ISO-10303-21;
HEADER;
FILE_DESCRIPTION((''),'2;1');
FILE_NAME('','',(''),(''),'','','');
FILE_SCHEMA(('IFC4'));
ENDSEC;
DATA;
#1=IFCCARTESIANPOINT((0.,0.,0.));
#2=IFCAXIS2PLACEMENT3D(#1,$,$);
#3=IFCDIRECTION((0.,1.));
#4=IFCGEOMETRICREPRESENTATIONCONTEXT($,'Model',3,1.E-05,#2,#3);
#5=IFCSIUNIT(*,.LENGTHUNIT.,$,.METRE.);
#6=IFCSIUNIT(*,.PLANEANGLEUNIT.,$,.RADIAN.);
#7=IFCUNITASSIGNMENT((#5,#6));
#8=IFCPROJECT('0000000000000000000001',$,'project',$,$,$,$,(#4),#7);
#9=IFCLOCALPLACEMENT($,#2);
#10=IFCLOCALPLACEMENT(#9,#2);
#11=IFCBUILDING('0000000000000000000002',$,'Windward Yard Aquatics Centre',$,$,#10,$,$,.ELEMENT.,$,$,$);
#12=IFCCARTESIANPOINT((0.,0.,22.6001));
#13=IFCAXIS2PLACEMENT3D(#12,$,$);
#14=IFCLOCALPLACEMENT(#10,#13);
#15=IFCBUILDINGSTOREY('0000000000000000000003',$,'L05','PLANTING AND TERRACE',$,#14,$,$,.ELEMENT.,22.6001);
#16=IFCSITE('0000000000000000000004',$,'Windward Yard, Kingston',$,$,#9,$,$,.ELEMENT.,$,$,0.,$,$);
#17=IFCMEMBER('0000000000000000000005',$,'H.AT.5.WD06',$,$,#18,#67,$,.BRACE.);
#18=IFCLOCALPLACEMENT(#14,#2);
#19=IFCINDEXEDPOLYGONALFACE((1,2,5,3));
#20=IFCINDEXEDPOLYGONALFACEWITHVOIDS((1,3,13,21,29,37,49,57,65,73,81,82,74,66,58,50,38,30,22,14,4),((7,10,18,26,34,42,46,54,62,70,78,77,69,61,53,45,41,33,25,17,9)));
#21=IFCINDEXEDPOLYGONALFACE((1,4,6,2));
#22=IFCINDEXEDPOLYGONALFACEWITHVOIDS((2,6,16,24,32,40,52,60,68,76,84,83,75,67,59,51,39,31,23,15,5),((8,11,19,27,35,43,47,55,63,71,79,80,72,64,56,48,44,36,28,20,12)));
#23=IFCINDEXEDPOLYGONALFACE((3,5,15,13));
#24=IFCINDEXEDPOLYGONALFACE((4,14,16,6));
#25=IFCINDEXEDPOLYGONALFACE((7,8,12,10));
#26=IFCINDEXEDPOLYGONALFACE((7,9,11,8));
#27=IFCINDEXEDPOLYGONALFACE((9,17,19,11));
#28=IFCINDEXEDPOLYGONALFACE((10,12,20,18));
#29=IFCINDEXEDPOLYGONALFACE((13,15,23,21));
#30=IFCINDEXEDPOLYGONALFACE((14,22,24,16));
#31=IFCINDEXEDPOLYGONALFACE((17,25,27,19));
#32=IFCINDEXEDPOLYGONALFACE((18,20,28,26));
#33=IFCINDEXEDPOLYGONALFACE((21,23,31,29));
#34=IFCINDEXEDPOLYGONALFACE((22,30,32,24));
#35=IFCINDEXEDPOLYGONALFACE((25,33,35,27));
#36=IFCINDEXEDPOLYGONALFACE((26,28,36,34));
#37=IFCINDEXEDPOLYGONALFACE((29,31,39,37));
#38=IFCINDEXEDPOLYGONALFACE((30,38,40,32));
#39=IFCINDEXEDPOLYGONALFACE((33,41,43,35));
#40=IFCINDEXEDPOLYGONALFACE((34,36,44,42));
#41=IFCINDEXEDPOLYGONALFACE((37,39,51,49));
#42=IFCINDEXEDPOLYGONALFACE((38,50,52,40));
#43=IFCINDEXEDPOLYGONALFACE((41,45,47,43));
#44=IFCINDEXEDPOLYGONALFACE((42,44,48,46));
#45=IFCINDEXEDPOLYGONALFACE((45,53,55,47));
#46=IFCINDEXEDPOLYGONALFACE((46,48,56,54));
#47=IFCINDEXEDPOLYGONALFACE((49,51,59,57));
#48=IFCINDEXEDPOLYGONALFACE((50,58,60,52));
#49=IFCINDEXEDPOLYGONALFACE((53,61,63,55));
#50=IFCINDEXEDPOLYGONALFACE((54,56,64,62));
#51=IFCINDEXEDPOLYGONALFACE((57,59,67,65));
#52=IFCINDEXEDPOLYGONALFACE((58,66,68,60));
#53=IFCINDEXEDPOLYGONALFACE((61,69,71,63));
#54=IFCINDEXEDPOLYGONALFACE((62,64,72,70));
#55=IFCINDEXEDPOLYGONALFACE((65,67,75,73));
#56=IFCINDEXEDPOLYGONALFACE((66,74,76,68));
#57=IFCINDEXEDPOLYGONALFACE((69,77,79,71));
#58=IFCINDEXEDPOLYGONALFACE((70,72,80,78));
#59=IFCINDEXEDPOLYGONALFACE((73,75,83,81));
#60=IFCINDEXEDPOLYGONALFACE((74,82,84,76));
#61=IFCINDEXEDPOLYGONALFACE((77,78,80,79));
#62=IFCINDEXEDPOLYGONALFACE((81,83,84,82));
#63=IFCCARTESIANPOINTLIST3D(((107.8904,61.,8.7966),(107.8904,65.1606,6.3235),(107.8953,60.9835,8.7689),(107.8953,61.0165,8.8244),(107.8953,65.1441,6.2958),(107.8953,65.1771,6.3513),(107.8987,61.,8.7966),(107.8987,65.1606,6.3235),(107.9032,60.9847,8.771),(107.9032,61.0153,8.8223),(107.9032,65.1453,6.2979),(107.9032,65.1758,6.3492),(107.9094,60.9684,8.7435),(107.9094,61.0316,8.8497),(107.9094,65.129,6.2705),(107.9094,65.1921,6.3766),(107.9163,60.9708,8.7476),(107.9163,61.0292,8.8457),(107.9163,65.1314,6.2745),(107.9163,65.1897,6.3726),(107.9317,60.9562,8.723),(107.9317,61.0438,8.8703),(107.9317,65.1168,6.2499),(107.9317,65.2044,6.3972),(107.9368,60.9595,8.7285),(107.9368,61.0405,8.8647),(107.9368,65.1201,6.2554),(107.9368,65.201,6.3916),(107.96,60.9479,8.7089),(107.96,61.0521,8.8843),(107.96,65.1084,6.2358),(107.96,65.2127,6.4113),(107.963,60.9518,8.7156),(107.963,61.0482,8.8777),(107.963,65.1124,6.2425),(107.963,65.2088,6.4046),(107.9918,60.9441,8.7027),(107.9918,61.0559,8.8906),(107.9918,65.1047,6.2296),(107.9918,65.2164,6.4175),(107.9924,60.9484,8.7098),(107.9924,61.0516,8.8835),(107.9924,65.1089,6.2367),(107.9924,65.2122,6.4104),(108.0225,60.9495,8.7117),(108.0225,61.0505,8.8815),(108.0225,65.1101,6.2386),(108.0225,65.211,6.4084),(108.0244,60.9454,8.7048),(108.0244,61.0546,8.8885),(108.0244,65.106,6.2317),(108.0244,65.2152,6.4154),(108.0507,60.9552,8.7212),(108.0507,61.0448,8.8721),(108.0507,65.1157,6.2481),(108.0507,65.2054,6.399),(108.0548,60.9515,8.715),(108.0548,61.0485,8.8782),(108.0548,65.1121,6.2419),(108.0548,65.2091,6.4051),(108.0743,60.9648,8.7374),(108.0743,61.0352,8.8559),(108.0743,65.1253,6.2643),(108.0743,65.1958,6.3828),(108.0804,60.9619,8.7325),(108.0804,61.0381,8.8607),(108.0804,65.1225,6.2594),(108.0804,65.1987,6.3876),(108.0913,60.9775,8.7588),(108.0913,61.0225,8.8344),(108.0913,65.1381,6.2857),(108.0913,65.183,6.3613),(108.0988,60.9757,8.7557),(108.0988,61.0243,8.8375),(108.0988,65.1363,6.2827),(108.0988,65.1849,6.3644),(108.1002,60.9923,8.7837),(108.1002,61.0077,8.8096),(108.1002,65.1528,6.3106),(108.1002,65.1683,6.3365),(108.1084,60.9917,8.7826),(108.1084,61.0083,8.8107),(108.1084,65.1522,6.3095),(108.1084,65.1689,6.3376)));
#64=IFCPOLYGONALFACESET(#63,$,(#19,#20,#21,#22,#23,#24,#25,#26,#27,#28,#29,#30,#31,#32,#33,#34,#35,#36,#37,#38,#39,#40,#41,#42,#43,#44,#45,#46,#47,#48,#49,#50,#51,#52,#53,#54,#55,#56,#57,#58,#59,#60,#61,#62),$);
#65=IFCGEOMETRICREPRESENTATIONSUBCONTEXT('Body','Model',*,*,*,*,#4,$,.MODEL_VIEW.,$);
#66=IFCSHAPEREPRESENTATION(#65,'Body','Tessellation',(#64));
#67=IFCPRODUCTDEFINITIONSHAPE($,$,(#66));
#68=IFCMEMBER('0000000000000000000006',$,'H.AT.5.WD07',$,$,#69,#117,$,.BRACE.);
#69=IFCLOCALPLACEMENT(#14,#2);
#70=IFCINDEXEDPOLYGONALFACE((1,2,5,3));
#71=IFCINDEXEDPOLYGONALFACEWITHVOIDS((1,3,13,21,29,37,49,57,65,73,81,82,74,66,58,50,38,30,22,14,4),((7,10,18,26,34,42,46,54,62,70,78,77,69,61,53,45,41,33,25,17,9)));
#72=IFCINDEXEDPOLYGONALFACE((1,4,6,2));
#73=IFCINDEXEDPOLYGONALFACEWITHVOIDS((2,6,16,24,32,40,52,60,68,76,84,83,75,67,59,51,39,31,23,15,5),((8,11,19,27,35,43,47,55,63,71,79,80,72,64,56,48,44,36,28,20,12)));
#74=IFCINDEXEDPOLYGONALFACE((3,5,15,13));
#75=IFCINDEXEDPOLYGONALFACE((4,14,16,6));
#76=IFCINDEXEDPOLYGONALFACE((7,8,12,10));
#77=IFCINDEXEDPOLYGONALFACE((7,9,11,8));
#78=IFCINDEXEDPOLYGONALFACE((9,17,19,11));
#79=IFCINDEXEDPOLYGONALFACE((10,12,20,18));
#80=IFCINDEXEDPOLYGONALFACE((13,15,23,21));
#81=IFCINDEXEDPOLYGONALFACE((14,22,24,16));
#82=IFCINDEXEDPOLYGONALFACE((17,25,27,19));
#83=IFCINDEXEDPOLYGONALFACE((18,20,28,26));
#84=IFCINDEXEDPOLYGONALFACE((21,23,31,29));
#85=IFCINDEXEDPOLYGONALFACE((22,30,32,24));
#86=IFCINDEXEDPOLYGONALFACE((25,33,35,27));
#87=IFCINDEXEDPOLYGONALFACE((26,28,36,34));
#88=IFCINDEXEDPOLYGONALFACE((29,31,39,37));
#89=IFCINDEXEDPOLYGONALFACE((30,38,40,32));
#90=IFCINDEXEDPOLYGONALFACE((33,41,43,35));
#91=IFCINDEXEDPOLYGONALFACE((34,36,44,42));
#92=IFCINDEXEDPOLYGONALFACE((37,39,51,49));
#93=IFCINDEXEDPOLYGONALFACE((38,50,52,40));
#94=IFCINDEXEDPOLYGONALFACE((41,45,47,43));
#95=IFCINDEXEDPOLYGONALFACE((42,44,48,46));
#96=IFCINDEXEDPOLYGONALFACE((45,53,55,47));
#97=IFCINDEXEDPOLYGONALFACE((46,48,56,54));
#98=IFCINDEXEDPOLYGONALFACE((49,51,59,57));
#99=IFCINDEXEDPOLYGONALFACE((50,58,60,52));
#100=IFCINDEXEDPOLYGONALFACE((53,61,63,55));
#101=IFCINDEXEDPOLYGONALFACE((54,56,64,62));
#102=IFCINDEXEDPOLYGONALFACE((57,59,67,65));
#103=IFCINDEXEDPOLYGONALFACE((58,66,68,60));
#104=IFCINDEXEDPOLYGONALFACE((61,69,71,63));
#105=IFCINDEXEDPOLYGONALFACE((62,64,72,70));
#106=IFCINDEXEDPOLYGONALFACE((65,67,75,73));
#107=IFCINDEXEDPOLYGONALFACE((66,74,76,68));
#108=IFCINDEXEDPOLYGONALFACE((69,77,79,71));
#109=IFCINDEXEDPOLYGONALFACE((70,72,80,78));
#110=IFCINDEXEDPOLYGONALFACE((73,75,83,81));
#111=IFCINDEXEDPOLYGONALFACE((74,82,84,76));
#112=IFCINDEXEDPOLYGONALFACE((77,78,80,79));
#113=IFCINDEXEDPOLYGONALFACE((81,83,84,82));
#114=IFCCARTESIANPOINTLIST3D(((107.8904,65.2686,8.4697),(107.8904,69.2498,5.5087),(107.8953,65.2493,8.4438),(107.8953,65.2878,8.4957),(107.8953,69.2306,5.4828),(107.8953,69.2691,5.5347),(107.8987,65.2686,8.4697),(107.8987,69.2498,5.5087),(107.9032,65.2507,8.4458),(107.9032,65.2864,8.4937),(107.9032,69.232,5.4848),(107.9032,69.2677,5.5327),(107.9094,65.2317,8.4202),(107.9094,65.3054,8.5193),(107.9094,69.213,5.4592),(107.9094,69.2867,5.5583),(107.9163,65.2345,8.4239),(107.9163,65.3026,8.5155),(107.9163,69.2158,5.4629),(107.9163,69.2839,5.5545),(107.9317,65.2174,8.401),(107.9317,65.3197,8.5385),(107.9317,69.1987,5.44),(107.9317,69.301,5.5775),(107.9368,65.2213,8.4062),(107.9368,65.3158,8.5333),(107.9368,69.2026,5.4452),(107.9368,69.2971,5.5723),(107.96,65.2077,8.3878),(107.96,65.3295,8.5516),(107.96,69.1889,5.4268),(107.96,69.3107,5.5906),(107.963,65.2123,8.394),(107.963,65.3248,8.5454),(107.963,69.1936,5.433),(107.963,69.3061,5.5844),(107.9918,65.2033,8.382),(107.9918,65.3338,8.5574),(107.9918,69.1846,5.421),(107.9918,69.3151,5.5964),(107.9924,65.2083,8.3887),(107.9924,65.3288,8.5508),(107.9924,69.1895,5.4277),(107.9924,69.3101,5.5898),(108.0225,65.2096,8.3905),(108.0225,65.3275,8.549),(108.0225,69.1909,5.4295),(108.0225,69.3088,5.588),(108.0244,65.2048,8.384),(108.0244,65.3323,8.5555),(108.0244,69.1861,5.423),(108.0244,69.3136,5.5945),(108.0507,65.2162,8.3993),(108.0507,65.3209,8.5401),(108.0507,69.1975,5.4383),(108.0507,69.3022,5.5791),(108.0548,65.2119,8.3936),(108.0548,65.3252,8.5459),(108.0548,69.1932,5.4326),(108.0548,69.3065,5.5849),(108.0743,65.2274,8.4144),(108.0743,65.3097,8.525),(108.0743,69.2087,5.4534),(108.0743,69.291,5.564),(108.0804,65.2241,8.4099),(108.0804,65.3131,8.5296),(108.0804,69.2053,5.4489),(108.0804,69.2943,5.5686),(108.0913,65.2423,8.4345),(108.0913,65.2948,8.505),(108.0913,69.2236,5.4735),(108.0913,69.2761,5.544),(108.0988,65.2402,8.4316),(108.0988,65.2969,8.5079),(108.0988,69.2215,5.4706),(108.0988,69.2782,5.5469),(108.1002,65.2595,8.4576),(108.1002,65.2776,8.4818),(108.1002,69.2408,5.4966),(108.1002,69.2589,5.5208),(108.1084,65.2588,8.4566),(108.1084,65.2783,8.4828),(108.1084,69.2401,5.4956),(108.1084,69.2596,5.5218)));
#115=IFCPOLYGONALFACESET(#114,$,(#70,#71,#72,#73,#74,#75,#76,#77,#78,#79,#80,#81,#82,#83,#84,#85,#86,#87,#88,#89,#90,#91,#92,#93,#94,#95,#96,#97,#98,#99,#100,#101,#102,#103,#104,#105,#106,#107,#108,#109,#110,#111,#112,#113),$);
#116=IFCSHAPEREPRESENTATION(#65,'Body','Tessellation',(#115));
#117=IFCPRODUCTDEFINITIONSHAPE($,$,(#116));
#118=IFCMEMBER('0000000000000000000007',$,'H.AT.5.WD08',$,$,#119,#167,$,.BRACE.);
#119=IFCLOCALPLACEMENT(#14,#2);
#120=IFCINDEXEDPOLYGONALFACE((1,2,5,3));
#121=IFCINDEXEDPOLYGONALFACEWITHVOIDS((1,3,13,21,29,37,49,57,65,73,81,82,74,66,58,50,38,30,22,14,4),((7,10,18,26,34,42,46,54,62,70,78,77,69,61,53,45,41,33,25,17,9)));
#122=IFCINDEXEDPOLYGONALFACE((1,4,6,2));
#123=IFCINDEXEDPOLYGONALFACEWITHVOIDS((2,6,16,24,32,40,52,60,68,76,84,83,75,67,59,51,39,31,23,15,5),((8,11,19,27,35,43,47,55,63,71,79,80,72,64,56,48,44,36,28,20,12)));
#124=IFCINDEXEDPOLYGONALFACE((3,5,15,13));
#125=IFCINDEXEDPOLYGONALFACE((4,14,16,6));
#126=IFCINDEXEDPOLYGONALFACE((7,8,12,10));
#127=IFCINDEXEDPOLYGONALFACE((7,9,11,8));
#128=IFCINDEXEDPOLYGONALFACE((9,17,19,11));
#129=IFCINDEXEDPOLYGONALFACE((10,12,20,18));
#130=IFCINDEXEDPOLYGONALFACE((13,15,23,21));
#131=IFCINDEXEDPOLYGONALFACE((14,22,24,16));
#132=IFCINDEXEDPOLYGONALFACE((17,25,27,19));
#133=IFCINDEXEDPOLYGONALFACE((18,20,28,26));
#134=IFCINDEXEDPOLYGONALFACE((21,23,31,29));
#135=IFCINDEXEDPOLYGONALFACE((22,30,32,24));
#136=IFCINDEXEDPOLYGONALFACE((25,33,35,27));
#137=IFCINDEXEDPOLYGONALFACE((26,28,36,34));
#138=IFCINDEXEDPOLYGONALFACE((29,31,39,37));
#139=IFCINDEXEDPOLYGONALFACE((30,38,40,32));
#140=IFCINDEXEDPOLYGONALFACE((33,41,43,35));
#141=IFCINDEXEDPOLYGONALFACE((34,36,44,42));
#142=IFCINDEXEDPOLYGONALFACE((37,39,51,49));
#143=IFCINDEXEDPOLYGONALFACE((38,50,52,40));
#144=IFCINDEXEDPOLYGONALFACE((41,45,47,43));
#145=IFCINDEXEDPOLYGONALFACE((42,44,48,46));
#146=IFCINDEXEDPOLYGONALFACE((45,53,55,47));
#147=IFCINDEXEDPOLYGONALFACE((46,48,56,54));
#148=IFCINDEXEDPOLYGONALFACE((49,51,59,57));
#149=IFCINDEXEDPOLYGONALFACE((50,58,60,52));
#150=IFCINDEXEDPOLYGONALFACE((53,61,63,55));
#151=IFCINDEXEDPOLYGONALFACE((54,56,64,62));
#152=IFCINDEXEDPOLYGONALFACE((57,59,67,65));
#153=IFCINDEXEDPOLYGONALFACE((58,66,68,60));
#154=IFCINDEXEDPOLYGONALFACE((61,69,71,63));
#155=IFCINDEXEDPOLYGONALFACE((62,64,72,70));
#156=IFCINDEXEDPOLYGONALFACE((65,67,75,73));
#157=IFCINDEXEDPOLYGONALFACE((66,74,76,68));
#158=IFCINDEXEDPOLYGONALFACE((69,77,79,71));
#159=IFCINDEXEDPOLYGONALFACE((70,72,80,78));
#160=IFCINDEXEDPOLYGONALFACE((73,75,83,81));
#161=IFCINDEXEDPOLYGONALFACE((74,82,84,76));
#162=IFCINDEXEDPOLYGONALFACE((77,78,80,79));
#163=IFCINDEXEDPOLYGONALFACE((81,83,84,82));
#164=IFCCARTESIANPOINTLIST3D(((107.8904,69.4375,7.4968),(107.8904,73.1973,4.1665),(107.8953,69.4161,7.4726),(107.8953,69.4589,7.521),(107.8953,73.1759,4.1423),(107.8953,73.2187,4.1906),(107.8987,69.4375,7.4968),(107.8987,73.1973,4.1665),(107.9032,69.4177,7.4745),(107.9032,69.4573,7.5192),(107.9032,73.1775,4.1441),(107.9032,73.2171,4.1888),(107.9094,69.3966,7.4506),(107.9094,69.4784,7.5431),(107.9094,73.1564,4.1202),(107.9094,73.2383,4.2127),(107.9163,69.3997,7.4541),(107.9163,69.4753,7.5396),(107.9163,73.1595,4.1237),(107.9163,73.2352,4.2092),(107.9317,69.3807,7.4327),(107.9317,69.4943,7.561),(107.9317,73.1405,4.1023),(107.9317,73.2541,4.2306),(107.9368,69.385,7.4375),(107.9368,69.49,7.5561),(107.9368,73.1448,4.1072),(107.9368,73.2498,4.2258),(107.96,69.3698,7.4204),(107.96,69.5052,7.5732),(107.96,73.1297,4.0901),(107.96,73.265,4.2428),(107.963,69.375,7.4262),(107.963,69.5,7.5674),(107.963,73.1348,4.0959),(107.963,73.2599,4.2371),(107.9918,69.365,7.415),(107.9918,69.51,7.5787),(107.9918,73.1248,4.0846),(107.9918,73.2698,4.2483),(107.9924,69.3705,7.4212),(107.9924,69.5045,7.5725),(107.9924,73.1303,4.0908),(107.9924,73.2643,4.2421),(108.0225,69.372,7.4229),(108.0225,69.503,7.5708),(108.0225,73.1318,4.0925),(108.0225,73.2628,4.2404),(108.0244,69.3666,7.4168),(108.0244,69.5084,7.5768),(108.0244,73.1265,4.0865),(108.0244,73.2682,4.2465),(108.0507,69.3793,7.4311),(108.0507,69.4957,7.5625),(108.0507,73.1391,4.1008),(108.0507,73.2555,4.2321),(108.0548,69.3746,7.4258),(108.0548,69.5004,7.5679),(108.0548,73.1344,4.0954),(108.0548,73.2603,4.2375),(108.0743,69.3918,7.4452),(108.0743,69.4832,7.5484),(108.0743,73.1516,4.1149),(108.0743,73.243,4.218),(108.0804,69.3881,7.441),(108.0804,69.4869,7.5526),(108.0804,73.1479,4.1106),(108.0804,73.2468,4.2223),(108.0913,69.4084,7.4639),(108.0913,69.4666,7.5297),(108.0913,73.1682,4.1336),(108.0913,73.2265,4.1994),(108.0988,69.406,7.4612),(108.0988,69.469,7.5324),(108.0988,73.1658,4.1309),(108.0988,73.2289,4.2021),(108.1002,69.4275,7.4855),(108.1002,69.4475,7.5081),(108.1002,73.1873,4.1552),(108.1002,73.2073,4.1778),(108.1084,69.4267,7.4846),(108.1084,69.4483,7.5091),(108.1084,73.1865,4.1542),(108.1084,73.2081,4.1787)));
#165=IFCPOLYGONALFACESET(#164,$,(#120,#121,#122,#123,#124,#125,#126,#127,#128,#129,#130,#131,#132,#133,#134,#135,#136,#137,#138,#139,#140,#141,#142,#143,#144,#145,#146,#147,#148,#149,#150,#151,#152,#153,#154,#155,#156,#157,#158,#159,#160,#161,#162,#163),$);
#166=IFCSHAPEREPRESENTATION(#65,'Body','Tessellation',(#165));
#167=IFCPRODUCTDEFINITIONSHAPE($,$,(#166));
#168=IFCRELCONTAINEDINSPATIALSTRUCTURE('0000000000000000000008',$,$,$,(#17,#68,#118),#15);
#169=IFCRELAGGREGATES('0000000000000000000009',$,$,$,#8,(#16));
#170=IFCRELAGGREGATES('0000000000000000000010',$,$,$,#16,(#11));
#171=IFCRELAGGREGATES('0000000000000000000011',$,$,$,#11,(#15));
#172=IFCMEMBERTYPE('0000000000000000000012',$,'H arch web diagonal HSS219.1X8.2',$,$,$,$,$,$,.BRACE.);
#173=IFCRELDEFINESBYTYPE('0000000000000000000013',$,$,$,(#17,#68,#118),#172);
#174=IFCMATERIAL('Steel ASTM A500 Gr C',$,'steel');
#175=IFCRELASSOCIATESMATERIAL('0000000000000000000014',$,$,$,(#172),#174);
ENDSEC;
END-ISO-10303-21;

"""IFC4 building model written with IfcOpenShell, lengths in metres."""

from ifc_helpers import new_model, si_unit, direction, frame, origin, origin_2d, place, context, subcontext, project, spatial, hollow_circle, extrude, material, material_profile, profile_set, type_object, element, save


model = new_model("IFC4")

# Units and contexts
model_context = context("Model", 3, precision=1e-05, world=origin(), true_north=direction((0.0, 1.0)))
body_context = subcontext(model_context, "Body", "Model", "MODEL_VIEW")
ifc_project = project(units=[si_unit("LENGTHUNIT", "METRE"), si_unit("PLANEANGLEUNIT", "RADIAN")], contexts=[model_context])

# Site, building, storey
site_placement = place(None, origin())
site = spatial("IfcSite", under=ifc_project, at=site_placement, Name="Windward Yard, Kingston", CompositionType="ELEMENT", RefElevation=0.0)
building_placement = place(site_placement, origin())
building = spatial("IfcBuilding", under=site, at=building_placement, Name="Windward Yard Aquatics Centre", CompositionType="ELEMENT")
storey_placement = place(building_placement, frame((0.0, 0.0, 22.6001)))
storey = spatial("IfcBuildingStorey", under=building, at=storey_placement, Name="L05", Description="PLANTING AND TERRACE", CompositionType="ELEMENT", Elevation=22.6001)

# Members
ifc_material_1 = material(Name="Steel ASTM A500 Gr C", Category="steel")
ifc_material_profile_1 = material_profile(ifc_material_1, hollow_circle(Radius=0.1096, WallThickness=0.0083, at=origin_2d()), Name="HSS219.1X8.2")
ifc_profile_set_1 = profile_set([ifc_material_profile_1], Name="Steel ASTM A500 Gr C")
member_type_1 = type_object("IfcMemberType", Name="H arch web diagonal HSS219.1X8.2", PredefinedType="BRACE", material=ifc_profile_set_1)
member_1_placement = place(storey_placement, frame((108.0, 61.0, 8.7966), z_axis=(0.0, 0.859604, -0.510961), x_axis=(-1.0, 0.0, 0.0)))
element("IfcMember", 1, at=member_1_placement, inside=storey, type_object=member_type_1, Name="H.AT.5.WD06", PredefinedType="BRACE", context=body_context, shape_type="SweptSolid", body=[
    extrude(hollow_circle(Radius=0.1096, WallThickness=0.0083, at=origin_2d()), origin(), (0.0, 0.0, 1.0), 4.8401),
])
member_2_placement = place(storey_placement, frame((108.0, 65.2686, 8.4697), z_axis=(0.0, 0.802409, -0.596775), x_axis=(-1.0, 0.0, 0.0)))
element("IfcMember", 2, at=member_2_placement, inside=storey, type_object=member_type_1, Name="H.AT.5.WD07", PredefinedType="BRACE", context=body_context, shape_type="SweptSolid", body=[
    extrude(hollow_circle(Radius=0.1096, WallThickness=0.0083, at=origin_2d()), origin(), (0.0, 0.0, 1.0), 4.9617),
])
member_3_placement = place(storey_placement, frame((108.0, 69.4375, 7.4968), z_axis=(0.0, 0.748564, -0.663062), x_axis=(-1.0, 0.0, 0.0)))
element("IfcMember", 3, at=member_3_placement, inside=storey, type_object=member_type_1, Name="H.AT.5.WD08", PredefinedType="BRACE", context=body_context, shape_type="SweptSolid", body=[
    extrude(hollow_circle(Radius=0.1096, WallThickness=0.0083, at=origin_2d()), origin(), (0.0, 0.0, 1.0), 5.0227),
])

save(model, "model.ifc")
